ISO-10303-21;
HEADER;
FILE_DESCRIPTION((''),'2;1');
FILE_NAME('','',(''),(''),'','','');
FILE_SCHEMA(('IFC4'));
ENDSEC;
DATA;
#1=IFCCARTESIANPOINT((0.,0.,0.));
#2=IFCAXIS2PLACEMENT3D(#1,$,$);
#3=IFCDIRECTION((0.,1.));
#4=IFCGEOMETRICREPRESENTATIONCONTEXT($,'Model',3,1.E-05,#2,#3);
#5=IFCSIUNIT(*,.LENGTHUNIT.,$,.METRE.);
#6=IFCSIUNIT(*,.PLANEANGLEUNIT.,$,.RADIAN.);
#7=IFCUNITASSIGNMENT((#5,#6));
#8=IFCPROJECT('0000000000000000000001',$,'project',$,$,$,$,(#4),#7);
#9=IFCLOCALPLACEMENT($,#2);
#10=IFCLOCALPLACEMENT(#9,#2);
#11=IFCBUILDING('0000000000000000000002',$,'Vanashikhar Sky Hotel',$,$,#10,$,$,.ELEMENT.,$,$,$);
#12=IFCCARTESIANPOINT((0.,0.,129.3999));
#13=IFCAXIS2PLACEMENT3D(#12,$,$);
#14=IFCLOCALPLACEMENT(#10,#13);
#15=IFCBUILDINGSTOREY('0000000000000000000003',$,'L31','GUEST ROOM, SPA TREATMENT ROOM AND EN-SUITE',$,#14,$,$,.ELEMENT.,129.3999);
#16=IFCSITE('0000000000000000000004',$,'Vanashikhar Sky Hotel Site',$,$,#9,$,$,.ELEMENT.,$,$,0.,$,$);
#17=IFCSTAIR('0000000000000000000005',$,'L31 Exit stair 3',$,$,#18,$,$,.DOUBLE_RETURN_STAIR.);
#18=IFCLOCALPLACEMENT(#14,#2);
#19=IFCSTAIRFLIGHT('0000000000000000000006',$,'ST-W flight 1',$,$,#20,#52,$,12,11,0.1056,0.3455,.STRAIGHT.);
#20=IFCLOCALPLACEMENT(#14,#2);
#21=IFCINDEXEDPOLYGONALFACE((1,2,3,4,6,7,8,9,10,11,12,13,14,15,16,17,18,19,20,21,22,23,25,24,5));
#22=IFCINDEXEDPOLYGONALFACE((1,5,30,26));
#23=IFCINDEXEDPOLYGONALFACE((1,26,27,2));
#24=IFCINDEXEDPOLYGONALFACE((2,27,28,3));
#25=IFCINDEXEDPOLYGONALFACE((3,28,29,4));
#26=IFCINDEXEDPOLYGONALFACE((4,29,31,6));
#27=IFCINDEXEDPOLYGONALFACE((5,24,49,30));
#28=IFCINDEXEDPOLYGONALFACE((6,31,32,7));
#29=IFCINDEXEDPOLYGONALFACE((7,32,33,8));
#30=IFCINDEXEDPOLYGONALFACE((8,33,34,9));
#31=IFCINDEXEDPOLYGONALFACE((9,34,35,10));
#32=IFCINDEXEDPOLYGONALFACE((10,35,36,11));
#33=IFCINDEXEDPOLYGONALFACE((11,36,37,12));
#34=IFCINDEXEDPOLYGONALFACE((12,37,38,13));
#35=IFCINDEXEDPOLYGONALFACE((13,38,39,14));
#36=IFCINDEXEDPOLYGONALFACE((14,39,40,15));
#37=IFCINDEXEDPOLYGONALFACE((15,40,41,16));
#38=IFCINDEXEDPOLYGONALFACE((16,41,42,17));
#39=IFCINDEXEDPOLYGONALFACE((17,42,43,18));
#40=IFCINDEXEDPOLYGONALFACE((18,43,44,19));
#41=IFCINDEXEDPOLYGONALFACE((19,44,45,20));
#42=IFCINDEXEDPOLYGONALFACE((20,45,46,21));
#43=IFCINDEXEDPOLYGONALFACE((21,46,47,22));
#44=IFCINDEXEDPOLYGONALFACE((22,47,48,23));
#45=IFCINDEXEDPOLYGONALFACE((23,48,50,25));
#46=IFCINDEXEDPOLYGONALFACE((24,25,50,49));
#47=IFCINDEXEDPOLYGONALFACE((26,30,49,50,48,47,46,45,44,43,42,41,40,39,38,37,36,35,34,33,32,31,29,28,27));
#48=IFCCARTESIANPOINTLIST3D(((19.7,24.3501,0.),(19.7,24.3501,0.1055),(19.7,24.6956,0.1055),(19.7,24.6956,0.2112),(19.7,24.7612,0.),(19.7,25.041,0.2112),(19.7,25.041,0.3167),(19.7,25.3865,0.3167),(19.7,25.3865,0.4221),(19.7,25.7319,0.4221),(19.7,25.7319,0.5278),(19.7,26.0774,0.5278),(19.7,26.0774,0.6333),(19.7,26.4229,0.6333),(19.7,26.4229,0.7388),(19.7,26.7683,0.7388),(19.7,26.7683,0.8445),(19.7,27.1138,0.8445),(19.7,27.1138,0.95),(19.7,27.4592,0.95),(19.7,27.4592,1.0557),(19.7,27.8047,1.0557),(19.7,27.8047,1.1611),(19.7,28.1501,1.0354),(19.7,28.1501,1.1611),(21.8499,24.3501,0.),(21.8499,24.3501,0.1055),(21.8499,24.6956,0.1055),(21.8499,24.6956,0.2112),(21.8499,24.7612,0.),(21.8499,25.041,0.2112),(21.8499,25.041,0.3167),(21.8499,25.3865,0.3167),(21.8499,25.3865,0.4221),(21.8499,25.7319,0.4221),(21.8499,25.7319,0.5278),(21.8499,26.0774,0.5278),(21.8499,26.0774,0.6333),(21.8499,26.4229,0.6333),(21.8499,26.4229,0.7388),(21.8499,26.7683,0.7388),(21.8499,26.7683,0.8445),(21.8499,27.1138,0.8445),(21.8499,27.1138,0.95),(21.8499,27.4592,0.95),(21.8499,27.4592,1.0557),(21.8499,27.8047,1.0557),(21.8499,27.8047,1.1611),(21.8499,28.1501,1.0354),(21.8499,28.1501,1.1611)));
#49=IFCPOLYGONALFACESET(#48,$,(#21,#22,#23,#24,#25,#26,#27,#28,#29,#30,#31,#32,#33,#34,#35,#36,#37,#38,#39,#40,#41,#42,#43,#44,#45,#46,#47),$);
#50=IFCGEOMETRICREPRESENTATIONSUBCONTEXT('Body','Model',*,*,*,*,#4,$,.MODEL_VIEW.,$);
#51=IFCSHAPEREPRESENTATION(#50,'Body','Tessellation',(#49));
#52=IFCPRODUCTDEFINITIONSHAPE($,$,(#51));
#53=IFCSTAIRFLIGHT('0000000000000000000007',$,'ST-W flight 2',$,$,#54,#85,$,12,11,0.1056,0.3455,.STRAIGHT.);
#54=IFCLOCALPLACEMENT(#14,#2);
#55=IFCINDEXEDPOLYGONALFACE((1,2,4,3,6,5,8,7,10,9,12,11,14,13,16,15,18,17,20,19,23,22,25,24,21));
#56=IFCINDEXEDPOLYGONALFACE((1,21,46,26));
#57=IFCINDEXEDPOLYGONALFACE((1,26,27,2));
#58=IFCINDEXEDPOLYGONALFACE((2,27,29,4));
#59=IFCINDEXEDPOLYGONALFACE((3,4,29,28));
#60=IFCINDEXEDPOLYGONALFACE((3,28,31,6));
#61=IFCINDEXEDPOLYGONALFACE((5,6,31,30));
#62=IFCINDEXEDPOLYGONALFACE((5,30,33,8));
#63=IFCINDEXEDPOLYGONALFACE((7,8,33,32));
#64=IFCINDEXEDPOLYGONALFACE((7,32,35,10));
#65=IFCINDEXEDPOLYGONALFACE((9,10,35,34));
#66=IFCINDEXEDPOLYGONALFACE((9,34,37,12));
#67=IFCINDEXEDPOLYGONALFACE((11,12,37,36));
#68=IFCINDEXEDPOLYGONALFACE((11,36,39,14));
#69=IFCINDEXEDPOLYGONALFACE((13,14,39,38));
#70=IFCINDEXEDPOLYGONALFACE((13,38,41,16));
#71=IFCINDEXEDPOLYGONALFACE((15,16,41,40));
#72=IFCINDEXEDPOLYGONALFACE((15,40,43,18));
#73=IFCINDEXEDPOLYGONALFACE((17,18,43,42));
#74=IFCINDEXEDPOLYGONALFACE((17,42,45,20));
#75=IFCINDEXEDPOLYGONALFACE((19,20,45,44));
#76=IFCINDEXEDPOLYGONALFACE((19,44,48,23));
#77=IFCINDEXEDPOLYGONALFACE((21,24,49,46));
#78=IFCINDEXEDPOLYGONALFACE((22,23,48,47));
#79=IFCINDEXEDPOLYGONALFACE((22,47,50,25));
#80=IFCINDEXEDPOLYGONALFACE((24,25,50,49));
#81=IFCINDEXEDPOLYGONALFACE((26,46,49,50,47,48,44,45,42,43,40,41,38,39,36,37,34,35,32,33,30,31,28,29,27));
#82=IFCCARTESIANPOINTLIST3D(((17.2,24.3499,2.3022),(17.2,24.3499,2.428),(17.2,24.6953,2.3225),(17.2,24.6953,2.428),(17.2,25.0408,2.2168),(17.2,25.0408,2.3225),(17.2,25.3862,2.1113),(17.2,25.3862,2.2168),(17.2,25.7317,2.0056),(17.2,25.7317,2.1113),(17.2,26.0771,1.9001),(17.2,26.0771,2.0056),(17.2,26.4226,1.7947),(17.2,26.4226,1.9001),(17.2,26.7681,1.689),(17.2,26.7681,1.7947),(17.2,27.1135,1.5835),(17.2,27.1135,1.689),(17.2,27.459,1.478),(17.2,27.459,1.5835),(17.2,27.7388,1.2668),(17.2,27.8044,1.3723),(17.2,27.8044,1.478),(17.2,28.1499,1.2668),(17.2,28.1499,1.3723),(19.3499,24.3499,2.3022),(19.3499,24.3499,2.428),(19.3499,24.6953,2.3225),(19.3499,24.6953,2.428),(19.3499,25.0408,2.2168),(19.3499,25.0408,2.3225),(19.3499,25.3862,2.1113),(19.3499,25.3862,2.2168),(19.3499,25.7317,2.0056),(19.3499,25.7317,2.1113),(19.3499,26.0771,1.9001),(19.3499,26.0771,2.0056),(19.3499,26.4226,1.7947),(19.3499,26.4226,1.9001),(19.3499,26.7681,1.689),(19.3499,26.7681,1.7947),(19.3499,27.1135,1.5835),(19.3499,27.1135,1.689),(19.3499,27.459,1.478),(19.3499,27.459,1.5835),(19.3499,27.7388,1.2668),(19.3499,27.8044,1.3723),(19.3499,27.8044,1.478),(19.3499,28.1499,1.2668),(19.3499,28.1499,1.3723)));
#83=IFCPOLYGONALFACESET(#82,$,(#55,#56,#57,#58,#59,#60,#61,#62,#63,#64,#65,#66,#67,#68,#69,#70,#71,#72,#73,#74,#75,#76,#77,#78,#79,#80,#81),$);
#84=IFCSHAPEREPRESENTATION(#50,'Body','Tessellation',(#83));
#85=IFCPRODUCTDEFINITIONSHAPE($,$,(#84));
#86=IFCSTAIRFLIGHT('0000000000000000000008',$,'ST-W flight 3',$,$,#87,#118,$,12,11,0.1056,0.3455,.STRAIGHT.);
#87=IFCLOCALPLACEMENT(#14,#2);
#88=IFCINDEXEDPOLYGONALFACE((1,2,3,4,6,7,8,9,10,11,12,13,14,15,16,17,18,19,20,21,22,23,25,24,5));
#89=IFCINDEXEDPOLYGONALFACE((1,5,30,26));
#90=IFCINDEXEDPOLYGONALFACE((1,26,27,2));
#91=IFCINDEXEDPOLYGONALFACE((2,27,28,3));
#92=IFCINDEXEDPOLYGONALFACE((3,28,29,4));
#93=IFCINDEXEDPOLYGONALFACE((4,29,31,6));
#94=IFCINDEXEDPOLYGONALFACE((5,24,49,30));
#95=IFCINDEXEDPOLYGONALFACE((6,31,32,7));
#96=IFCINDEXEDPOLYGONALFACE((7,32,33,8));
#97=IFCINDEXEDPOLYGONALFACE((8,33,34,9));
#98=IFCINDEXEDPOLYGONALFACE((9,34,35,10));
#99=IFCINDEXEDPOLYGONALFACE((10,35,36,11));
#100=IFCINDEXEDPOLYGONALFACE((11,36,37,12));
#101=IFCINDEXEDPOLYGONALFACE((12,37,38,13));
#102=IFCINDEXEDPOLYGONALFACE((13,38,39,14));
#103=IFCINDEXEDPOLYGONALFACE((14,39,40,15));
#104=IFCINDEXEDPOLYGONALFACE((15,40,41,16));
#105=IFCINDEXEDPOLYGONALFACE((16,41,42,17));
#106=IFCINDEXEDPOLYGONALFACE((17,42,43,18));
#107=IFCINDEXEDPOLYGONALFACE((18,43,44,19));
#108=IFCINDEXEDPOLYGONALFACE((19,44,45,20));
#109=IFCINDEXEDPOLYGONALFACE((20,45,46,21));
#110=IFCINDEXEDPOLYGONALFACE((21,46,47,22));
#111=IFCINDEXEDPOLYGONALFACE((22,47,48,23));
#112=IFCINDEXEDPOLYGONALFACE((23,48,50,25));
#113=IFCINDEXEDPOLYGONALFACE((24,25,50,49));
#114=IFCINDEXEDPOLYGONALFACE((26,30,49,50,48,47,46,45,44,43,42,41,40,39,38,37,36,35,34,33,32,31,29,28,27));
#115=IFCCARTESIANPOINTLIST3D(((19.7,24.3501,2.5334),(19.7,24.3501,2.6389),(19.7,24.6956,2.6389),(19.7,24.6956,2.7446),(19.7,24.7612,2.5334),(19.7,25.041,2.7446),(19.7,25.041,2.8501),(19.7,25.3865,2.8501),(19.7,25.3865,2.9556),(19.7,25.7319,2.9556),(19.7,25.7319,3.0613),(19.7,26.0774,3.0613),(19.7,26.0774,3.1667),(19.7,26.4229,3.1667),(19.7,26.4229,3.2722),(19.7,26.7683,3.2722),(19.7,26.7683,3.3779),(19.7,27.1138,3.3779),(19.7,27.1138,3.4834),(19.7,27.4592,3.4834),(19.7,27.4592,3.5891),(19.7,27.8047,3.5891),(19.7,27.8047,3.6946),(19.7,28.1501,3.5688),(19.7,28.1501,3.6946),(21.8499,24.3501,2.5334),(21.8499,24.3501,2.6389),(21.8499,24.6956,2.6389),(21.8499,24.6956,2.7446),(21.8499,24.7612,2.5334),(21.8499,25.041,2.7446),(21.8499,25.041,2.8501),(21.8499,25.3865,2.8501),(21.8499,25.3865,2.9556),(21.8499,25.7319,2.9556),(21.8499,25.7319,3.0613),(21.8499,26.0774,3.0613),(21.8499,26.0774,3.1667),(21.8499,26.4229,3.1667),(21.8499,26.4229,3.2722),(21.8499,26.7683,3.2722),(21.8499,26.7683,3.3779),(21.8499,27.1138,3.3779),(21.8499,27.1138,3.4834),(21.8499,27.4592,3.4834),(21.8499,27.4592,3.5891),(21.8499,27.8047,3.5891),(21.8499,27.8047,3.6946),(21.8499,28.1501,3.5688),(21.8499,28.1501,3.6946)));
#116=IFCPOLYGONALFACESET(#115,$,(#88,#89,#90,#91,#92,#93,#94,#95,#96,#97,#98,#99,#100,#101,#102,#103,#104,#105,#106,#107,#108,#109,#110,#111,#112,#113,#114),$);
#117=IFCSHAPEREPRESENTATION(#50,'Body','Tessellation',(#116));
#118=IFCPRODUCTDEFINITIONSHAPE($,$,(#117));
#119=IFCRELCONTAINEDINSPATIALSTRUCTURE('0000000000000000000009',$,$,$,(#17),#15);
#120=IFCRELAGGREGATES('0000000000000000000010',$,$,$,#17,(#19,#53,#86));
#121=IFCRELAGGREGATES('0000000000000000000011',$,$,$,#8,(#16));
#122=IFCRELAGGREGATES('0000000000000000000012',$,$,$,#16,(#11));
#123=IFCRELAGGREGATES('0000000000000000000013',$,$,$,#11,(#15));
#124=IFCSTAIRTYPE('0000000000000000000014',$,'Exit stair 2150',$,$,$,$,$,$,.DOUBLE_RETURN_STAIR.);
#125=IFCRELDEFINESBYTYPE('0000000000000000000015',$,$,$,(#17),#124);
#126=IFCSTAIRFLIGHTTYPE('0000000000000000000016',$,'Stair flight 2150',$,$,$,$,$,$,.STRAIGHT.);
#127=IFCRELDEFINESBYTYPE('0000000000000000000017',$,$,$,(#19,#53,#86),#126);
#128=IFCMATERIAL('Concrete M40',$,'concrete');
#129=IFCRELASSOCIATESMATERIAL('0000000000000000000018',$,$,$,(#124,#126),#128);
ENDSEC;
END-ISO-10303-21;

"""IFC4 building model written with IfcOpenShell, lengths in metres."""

from ifc_helpers import new_model, si_unit, direction, frame, origin, place, context, subcontext, project, spatial, polyline, outline, extrude, source, transform, mapped, material, type_object, element, aggregate, save


model = new_model("IFC4")

# Units and contexts
model_context = context("Model", 3, precision=1e-05, world=origin(), true_north=direction((0.0, 1.0)))
body_context = subcontext(model_context, "Body", "Model", "MODEL_VIEW")
ifc_project = project(units=[si_unit("LENGTHUNIT", "METRE"), si_unit("PLANEANGLEUNIT", "RADIAN")], contexts=[model_context])

# Site, building, storey
site_placement = place(None, origin())
site = spatial("IfcSite", under=ifc_project, at=site_placement, Name="Vanashikhar Sky Hotel Site", CompositionType="ELEMENT", RefElevation=0.0)
building_placement = place(site_placement, origin())
building = spatial("IfcBuilding", under=site, at=building_placement, Name="Vanashikhar Sky Hotel", CompositionType="ELEMENT")
storey_placement = place(building_placement, frame((0.0, 0.0, 129.3999)))
storey = spatial("IfcBuildingStorey", under=building, at=storey_placement, Name="L31", Description="GUEST ROOM, SPA TREATMENT ROOM AND EN-SUITE", CompositionType="ELEMENT", Elevation=129.3999)

# Stair, stair flights
ifc_material_1 = material(Name="Concrete M40", Category="concrete")
stair_type = type_object("IfcStairType", Name="Exit stair 2150", PredefinedType="DOUBLE_RETURN_STAIR", material=ifc_material_1)
stair_placement = place(storey_placement, origin())
stair = element("IfcStair", 1, at=stair_placement, inside=storey, type_object=stair_type, Name="L31 Exit stair 3", PredefinedType="DOUBLE_RETURN_STAIR")
stair_flight_type = type_object("IfcStairFlightType", Name="Stair flight 2150", PredefinedType="STRAIGHT", material=ifc_material_1)
shared_shape_1 = source(origin(), body_context, "Body", "SweptSolid", [
    extrude(outline(polyline([(0.0, 0.0), (0.0, 0.1055), (0.3455, 0.1055), (0.3455, 0.2112), (0.6909, 0.2112), (0.6909, 0.3167), (1.0364, 0.3167), (1.0364, 0.4221), (1.3818, 0.4221), (1.3818, 0.5278), (1.7273, 0.5278), (1.7273, 0.6333), (2.0728, 0.6333), (2.0728, 0.7388), (2.4182, 0.7388), (2.4182, 0.8445), (2.7637, 0.8445), (2.7637, 0.95), (3.1091, 0.95), (3.1091, 1.0557), (3.4546, 1.0557), (3.4546, 1.1611), (3.8, 1.1611), (3.8, 1.2666), (3.8, 1.0354), (0.4111, 0.0), (0.0, 0.0)])), frame((0.0, 1.075, 0.0), z_axis=(0.0, -1.0, 0.0), x_axis=(1.0, 0.0, 0.0)), (0.0, 0.0, 1.0), 2.1499),
])
stair_flight_1_placement = place(storey_placement, frame((20.7749, 24.3501, 0.0), z_axis=(0.0, 0.0, 1.0), x_axis=(0.0, 1.0, 0.0)))
stair_flight_1 = element("IfcStairFlight", 2, at=stair_flight_1_placement, type_object=stair_flight_type, Name="ST-W flight 1", NumberOfRisers=12, NumberOfTreads=11, PredefinedType="STRAIGHT", RiserHeight=0.1056, TreadLength=0.3455, context=body_context, shape_type="MappedRepresentation", body=[
    mapped(shared_shape_1, transform((0.0, 0.0, 0.0), scale=1.0)),
])
stair_flight_2_placement = place(storey_placement, frame((18.2749, 28.1499, 1.2668), z_axis=(0.0, 0.0, 1.0), x_axis=(0.0, -1.0, 0.0)))
stair_flight_2 = element("IfcStairFlight", 3, at=stair_flight_2_placement, type_object=stair_flight_type, Name="ST-W flight 2", NumberOfRisers=12, NumberOfTreads=11, PredefinedType="STRAIGHT", RiserHeight=0.1056, TreadLength=0.3455, context=body_context, shape_type="MappedRepresentation", body=[
    mapped(shared_shape_1, transform((0.0, 0.0, 0.0), scale=1.0)),
])
stair_flight_3_placement = place(storey_placement, frame((20.7749, 24.3501, 2.5334), z_axis=(0.0, 0.0, 1.0), x_axis=(0.0, 1.0, 0.0)))
stair_flight_3 = element("IfcStairFlight", 4, at=stair_flight_3_placement, type_object=stair_flight_type, Name="ST-W flight 3", NumberOfRisers=12, NumberOfTreads=11, PredefinedType="STRAIGHT", RiserHeight=0.1056, TreadLength=0.3455, context=body_context, shape_type="MappedRepresentation", body=[
    mapped(shared_shape_1, transform((0.0, 0.0, 0.0), scale=1.0)),
])
aggregate(stair, [stair_flight_1, stair_flight_2, stair_flight_3])

save(model, "model.ifc")
